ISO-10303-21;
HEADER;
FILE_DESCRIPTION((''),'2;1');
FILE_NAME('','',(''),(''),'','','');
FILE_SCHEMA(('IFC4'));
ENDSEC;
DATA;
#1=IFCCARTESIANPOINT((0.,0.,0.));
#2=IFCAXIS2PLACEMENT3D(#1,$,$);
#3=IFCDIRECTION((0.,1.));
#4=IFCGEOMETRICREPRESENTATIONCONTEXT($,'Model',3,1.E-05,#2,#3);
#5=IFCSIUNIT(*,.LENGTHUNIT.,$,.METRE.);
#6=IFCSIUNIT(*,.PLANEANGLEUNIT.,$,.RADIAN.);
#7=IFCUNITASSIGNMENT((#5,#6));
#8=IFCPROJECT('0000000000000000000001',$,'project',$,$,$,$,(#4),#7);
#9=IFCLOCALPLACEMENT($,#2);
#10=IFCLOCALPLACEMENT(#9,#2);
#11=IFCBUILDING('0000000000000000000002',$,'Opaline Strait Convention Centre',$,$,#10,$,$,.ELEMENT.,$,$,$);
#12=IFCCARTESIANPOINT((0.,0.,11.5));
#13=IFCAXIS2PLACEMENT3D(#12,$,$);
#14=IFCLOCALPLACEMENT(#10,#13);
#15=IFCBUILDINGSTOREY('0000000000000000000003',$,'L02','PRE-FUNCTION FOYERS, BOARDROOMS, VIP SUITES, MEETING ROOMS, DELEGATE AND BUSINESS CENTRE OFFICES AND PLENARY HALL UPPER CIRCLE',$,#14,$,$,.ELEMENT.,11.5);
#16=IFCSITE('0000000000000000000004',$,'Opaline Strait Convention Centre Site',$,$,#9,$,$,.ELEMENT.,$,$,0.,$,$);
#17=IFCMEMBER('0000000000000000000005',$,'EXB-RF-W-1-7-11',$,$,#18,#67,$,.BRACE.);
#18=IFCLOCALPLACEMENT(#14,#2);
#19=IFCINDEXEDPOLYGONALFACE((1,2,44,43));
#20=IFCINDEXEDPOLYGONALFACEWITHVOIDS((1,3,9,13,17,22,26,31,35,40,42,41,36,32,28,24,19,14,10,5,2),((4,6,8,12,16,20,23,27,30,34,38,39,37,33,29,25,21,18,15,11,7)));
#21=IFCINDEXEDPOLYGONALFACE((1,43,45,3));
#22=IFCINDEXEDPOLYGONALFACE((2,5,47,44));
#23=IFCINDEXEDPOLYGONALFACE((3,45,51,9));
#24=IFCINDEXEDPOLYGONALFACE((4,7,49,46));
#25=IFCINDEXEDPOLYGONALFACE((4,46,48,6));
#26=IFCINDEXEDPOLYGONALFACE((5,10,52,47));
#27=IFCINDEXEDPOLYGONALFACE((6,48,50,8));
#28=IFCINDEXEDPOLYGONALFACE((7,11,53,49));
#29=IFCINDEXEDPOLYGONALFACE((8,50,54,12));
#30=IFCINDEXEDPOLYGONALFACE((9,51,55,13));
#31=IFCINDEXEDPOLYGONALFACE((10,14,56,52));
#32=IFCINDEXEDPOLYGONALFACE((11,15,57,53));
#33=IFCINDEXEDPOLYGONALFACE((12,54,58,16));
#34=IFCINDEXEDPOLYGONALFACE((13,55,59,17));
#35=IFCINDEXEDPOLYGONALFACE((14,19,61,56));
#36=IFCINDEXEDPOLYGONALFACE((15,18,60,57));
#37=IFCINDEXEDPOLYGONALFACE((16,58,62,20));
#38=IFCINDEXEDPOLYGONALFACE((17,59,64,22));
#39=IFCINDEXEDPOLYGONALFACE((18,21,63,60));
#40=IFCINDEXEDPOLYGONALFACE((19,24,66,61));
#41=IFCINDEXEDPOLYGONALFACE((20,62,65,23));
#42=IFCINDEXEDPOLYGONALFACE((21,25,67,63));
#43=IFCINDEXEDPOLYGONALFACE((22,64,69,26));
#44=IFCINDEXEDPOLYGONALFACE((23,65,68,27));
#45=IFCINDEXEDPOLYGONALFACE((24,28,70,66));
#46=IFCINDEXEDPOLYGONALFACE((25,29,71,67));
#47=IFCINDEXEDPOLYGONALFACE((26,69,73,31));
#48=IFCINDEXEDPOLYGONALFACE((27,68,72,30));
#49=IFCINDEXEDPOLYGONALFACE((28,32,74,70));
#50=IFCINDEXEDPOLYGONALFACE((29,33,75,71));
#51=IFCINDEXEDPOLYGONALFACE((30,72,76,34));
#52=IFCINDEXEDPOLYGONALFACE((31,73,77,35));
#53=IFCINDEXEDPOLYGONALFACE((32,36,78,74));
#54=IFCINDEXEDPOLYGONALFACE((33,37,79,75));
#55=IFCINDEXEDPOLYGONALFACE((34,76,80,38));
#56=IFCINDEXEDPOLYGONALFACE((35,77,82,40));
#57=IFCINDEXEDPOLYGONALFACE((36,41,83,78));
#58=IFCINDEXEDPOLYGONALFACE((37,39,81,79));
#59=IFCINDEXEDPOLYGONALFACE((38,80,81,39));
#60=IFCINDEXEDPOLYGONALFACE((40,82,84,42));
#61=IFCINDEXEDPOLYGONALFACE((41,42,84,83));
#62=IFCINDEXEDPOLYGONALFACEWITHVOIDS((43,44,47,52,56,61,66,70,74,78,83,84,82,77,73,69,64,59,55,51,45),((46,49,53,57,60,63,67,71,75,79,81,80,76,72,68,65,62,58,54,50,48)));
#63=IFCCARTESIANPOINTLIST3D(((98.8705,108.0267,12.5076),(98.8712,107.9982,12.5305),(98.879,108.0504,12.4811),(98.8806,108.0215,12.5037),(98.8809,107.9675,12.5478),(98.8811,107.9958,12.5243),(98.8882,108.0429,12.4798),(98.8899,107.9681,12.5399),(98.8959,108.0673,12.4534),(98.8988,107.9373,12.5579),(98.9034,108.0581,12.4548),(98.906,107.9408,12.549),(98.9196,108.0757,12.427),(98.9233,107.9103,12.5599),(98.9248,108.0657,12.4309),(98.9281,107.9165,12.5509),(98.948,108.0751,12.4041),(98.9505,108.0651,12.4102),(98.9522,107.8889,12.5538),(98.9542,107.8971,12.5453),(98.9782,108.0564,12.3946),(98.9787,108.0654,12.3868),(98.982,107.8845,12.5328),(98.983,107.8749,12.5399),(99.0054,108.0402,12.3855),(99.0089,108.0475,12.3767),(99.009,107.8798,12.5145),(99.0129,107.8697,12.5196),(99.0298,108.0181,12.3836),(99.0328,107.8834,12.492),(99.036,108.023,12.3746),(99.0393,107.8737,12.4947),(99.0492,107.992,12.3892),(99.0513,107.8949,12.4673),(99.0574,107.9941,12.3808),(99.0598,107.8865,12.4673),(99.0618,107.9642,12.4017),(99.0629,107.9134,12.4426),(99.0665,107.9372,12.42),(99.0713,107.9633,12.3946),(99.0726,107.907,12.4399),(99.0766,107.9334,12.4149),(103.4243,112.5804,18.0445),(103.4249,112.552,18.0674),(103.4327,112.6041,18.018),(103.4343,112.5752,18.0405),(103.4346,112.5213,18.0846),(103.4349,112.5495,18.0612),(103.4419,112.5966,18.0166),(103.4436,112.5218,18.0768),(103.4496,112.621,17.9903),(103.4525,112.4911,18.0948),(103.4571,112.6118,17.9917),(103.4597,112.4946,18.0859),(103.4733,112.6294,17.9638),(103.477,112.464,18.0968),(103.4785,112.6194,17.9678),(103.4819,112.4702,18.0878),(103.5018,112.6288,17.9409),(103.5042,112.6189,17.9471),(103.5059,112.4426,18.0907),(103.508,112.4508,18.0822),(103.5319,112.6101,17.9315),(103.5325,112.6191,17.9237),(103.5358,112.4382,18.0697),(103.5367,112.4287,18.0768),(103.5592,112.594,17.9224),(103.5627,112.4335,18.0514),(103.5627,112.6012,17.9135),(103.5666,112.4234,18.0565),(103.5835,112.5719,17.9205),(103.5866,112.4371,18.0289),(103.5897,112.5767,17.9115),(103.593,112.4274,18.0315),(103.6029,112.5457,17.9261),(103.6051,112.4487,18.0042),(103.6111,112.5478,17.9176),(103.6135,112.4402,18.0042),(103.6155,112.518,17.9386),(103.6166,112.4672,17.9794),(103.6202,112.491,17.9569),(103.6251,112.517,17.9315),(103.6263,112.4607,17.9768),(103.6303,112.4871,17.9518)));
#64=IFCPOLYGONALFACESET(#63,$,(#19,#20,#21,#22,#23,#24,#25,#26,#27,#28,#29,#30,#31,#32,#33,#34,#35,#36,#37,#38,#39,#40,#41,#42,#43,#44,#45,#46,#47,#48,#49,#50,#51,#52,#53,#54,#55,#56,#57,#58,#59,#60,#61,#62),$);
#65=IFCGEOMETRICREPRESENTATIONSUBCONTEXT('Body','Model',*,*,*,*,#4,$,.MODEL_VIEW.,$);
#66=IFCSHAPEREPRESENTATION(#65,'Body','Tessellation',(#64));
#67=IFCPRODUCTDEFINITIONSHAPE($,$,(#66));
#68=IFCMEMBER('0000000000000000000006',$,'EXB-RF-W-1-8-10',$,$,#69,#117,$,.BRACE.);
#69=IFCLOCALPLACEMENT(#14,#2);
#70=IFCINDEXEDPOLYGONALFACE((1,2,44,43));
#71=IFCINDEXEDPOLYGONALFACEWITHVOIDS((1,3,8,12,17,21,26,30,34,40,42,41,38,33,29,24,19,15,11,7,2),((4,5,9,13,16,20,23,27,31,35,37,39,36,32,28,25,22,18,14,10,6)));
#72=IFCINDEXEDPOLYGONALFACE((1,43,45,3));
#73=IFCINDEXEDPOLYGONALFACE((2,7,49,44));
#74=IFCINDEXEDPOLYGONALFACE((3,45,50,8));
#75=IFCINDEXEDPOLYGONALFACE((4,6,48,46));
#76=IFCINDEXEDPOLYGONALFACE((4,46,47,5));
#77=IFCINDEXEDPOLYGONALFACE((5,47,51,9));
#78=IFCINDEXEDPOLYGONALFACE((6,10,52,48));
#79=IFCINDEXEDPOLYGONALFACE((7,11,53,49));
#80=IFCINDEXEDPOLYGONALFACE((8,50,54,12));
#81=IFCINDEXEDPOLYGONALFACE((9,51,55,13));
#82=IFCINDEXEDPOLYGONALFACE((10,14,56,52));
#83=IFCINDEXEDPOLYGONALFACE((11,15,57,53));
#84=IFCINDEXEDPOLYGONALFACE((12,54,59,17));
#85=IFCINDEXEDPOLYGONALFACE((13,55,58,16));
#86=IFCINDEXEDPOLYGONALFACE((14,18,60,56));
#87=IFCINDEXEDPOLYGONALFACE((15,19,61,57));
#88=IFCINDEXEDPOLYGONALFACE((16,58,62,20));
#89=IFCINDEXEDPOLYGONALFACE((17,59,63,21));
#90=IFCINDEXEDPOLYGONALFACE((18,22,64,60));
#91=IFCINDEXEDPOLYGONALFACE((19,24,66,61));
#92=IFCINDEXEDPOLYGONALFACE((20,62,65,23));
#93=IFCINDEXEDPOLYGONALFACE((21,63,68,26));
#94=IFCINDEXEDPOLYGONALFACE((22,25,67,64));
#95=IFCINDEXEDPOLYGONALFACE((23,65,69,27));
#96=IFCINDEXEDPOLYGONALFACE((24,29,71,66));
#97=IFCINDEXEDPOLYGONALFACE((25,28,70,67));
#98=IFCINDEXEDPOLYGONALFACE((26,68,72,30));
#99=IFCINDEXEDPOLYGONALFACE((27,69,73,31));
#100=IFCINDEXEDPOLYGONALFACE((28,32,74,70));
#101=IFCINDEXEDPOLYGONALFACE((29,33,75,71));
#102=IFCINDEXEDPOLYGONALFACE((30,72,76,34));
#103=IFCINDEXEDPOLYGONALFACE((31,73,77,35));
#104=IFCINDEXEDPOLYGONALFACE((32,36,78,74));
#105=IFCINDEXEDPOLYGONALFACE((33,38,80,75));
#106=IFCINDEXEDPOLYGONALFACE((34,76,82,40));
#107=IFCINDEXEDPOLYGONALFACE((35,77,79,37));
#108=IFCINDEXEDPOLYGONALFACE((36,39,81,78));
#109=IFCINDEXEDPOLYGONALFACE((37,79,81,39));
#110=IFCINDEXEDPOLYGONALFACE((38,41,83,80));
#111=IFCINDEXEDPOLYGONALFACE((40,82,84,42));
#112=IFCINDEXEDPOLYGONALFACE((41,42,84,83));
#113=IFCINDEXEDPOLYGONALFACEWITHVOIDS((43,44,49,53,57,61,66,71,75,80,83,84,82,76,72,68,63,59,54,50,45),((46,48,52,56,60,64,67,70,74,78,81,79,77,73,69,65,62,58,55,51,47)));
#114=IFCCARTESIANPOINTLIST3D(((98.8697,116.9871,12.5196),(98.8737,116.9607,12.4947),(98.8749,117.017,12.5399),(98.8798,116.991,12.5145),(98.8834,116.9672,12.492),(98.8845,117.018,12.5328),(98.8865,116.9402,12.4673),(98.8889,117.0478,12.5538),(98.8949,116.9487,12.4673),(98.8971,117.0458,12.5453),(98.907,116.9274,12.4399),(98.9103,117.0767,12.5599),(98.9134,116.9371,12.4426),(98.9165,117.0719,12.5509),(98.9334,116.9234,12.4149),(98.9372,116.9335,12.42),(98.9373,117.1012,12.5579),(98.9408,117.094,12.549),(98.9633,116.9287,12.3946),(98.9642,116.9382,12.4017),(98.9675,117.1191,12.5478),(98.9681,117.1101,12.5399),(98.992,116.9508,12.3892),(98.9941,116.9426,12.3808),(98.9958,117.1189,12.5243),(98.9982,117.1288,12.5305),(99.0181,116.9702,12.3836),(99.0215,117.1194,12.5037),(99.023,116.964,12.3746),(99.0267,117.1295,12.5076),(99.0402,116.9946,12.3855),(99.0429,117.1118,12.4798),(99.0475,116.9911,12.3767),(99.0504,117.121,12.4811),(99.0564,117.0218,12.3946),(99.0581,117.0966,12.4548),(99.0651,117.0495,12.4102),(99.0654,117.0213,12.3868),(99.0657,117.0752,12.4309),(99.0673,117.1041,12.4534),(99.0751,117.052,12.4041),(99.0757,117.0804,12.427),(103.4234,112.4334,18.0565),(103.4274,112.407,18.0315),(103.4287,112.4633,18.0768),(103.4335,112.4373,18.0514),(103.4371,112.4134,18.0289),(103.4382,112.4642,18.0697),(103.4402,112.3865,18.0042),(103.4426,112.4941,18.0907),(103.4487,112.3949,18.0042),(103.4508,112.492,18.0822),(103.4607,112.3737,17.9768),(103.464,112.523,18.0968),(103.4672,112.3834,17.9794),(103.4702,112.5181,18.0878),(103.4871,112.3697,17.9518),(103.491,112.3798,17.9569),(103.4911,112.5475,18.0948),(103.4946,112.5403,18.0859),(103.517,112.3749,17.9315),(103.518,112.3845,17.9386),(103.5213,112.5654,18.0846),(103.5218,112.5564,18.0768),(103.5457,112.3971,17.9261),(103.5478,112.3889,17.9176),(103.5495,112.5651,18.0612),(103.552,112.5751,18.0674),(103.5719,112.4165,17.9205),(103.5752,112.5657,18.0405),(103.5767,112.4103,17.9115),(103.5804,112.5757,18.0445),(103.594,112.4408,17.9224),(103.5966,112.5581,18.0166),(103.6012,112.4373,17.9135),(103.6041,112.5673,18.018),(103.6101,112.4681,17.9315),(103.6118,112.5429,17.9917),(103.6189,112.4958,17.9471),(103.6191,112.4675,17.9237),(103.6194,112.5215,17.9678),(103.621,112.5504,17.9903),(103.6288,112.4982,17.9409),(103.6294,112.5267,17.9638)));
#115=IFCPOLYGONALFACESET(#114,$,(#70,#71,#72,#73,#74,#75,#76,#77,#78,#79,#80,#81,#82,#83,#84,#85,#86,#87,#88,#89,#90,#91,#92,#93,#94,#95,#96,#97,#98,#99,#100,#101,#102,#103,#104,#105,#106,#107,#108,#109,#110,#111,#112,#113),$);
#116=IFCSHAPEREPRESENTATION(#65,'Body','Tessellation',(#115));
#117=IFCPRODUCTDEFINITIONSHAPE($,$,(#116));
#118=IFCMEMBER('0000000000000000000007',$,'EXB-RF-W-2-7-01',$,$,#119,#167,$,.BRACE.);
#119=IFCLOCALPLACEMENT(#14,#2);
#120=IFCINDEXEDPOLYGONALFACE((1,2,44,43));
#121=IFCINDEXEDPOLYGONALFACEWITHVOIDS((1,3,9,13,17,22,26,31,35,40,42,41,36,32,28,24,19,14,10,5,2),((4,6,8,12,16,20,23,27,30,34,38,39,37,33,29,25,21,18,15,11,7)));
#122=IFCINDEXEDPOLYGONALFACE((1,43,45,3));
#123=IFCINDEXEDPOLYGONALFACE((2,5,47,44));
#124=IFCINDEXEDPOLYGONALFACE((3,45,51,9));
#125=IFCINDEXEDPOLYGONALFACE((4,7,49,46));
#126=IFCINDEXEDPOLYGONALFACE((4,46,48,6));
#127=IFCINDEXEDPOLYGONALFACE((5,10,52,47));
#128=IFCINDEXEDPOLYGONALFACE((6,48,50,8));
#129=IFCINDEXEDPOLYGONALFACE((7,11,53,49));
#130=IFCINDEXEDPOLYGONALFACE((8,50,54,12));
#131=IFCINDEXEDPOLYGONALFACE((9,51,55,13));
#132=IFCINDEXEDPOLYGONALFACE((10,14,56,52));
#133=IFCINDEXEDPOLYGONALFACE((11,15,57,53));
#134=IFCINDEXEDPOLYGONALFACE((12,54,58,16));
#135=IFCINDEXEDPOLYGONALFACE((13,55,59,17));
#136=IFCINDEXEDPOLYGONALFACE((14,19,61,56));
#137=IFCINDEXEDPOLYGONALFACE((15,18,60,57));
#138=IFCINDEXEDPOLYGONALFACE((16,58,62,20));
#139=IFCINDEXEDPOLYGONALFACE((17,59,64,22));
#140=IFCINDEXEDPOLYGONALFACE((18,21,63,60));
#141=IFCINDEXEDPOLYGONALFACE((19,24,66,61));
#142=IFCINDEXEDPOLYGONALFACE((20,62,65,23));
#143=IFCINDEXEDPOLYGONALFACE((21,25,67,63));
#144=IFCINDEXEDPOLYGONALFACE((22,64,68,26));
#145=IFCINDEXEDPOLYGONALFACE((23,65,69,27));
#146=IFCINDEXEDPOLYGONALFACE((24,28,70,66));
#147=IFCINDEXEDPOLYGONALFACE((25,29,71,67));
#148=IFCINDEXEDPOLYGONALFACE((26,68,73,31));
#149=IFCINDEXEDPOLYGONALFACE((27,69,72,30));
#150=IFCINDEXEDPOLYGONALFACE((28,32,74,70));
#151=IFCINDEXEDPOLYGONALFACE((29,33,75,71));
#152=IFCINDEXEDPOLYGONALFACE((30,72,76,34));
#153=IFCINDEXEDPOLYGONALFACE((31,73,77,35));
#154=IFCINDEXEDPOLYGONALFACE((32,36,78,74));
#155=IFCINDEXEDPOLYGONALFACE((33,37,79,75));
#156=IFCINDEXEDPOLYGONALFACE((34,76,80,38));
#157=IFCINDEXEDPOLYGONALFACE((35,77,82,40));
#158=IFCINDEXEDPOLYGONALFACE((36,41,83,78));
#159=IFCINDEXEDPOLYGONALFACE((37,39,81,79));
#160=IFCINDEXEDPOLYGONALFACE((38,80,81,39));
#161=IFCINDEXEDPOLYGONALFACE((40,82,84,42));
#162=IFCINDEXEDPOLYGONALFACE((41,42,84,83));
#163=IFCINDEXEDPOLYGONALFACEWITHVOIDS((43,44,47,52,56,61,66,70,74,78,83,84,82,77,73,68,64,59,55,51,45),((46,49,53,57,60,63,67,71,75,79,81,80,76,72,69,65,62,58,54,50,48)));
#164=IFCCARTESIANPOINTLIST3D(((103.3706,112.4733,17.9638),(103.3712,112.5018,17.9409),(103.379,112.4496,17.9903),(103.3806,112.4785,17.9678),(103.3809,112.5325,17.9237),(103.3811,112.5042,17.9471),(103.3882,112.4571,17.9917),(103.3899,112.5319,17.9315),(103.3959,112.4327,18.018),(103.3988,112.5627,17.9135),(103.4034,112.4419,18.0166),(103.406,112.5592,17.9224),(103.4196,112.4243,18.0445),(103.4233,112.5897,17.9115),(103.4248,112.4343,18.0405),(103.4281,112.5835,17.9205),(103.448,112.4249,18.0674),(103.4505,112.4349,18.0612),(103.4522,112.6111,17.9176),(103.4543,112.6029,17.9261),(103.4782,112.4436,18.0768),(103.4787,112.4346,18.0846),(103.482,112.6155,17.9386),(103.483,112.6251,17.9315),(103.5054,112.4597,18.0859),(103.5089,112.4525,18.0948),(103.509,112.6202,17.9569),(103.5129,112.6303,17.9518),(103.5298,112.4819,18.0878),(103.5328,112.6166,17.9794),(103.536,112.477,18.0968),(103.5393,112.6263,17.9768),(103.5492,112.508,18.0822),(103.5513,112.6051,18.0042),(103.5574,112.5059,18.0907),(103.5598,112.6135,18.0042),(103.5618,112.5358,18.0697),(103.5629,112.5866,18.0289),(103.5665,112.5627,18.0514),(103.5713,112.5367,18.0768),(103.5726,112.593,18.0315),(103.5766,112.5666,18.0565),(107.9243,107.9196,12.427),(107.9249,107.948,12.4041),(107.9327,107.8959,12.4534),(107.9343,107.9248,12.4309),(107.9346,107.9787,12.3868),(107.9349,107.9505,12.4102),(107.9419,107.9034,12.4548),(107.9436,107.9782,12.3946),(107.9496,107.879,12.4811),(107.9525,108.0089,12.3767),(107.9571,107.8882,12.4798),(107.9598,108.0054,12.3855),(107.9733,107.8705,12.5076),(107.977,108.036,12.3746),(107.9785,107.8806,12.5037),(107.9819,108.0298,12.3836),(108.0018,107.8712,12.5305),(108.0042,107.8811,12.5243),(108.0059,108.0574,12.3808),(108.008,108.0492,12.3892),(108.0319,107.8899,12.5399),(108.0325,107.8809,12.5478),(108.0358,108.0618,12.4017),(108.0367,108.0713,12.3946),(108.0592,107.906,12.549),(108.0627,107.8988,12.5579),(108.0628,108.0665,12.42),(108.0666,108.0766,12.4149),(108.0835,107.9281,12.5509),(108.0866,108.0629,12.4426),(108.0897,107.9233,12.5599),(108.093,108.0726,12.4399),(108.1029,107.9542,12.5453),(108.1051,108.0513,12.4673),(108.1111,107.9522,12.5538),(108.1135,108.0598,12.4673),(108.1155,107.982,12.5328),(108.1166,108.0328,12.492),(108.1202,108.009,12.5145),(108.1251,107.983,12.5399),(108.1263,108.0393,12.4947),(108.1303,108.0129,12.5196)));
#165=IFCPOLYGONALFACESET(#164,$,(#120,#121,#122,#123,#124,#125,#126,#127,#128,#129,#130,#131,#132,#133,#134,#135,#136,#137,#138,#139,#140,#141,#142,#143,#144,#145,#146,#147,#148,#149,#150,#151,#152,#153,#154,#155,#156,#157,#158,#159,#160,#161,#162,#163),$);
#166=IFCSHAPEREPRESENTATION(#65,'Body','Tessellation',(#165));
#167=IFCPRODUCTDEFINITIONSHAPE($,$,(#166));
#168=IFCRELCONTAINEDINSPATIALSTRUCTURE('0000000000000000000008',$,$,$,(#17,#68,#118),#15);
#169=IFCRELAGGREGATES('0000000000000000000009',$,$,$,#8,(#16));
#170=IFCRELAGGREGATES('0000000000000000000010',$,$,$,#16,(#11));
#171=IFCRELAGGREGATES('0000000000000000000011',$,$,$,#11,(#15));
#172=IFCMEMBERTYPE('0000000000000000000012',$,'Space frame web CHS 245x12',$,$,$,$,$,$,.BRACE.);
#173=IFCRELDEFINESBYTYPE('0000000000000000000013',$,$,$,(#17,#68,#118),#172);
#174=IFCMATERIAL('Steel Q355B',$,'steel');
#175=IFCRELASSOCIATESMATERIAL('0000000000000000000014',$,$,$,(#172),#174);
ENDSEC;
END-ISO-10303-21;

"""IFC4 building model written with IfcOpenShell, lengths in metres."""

from ifc_helpers import new_model, si_unit, direction, frame, origin, origin_2d, place, context, subcontext, project, spatial, hollow_circle, extrude, material, material_profile, profile_set, type_object, element, save


model = new_model("IFC4")

# Units and contexts
model_context = context("Model", 3, precision=1e-05, world=origin(), true_north=direction((0.0, 1.0)))
body_context = subcontext(model_context, "Body", "Model", "MODEL_VIEW")
ifc_project = project(units=[si_unit("LENGTHUNIT", "METRE"), si_unit("PLANEANGLEUNIT", "RADIAN")], contexts=[model_context])

# Site, building, storey
site_placement = place(None, origin())
site = spatial("IfcSite", under=ifc_project, at=site_placement, Name="Opaline Strait Convention Centre Site", CompositionType="ELEMENT", RefElevation=0.0)
building_placement = place(site_placement, origin())
building = spatial("IfcBuilding", under=site, at=building_placement, Name="Opaline Strait Convention Centre", CompositionType="ELEMENT")
storey_placement = place(building_placement, frame((0.0, 0.0, 11.5)))
storey = spatial("IfcBuildingStorey", under=building, at=storey_placement, Name="L02", Description="PRE-FUNCTION FOYERS, BOARDROOMS, VIP SUITES, MEETING ROOMS, DELEGATE AND BUSINESS CENTRE OFFICES AND PLENARY HALL UPPER CIRCLE", CompositionType="ELEMENT", Elevation=11.5)

# Shared definitions
ifc_material_1 = material(Name="Steel Q355B", Category="steel")

# Members
ifc_material_profile_1 = material_profile(ifc_material_1, hollow_circle(Radius=0.1226, WallThickness=0.012, at=origin_2d()), Name="CHS 245x12")
ifc_profile_set_1 = profile_set([ifc_material_profile_1], Name="Steel Q355B")
member_type_1 = type_object("IfcMemberType", Name="Space frame web CHS 245x12", PredefinedType="BRACE", material=ifc_profile_set_1)
for number, where, z_axis, x_axis, name in (
    (1, (103.5269, 112.5269, 18.0042), (-0.536178, -0.536178, -0.65194), (0.707107, -0.707107, 0.0), "EXB-RF-W-1-7-11"),
    (2, (103.5269, 112.4731, 18.0042), (-0.536178, 0.536178, -0.65194), (-0.707107, -0.707107, 0.0), "EXB-RF-W-1-8-10"),
    (3, (103.4731, 112.5269, 18.0042), (0.536178, -0.536178, -0.65194), (0.707107, 0.707107, 0.0), "EXB-RF-W-2-7-01"),
):
    element("IfcMember", number, at=place(storey_placement, frame(where, z_axis=z_axis, x_axis=x_axis)), inside=storey, type_object=member_type_1, Name=name, PredefinedType="BRACE", context=body_context, shape_type="SweptSolid", body=[
        extrude(hollow_circle(Radius=0.1226, WallThickness=0.012, at=origin_2d()), origin(), (0.0, 0.0, 1.0), 8.4929),
    ])

save(model, "model.ifc")
